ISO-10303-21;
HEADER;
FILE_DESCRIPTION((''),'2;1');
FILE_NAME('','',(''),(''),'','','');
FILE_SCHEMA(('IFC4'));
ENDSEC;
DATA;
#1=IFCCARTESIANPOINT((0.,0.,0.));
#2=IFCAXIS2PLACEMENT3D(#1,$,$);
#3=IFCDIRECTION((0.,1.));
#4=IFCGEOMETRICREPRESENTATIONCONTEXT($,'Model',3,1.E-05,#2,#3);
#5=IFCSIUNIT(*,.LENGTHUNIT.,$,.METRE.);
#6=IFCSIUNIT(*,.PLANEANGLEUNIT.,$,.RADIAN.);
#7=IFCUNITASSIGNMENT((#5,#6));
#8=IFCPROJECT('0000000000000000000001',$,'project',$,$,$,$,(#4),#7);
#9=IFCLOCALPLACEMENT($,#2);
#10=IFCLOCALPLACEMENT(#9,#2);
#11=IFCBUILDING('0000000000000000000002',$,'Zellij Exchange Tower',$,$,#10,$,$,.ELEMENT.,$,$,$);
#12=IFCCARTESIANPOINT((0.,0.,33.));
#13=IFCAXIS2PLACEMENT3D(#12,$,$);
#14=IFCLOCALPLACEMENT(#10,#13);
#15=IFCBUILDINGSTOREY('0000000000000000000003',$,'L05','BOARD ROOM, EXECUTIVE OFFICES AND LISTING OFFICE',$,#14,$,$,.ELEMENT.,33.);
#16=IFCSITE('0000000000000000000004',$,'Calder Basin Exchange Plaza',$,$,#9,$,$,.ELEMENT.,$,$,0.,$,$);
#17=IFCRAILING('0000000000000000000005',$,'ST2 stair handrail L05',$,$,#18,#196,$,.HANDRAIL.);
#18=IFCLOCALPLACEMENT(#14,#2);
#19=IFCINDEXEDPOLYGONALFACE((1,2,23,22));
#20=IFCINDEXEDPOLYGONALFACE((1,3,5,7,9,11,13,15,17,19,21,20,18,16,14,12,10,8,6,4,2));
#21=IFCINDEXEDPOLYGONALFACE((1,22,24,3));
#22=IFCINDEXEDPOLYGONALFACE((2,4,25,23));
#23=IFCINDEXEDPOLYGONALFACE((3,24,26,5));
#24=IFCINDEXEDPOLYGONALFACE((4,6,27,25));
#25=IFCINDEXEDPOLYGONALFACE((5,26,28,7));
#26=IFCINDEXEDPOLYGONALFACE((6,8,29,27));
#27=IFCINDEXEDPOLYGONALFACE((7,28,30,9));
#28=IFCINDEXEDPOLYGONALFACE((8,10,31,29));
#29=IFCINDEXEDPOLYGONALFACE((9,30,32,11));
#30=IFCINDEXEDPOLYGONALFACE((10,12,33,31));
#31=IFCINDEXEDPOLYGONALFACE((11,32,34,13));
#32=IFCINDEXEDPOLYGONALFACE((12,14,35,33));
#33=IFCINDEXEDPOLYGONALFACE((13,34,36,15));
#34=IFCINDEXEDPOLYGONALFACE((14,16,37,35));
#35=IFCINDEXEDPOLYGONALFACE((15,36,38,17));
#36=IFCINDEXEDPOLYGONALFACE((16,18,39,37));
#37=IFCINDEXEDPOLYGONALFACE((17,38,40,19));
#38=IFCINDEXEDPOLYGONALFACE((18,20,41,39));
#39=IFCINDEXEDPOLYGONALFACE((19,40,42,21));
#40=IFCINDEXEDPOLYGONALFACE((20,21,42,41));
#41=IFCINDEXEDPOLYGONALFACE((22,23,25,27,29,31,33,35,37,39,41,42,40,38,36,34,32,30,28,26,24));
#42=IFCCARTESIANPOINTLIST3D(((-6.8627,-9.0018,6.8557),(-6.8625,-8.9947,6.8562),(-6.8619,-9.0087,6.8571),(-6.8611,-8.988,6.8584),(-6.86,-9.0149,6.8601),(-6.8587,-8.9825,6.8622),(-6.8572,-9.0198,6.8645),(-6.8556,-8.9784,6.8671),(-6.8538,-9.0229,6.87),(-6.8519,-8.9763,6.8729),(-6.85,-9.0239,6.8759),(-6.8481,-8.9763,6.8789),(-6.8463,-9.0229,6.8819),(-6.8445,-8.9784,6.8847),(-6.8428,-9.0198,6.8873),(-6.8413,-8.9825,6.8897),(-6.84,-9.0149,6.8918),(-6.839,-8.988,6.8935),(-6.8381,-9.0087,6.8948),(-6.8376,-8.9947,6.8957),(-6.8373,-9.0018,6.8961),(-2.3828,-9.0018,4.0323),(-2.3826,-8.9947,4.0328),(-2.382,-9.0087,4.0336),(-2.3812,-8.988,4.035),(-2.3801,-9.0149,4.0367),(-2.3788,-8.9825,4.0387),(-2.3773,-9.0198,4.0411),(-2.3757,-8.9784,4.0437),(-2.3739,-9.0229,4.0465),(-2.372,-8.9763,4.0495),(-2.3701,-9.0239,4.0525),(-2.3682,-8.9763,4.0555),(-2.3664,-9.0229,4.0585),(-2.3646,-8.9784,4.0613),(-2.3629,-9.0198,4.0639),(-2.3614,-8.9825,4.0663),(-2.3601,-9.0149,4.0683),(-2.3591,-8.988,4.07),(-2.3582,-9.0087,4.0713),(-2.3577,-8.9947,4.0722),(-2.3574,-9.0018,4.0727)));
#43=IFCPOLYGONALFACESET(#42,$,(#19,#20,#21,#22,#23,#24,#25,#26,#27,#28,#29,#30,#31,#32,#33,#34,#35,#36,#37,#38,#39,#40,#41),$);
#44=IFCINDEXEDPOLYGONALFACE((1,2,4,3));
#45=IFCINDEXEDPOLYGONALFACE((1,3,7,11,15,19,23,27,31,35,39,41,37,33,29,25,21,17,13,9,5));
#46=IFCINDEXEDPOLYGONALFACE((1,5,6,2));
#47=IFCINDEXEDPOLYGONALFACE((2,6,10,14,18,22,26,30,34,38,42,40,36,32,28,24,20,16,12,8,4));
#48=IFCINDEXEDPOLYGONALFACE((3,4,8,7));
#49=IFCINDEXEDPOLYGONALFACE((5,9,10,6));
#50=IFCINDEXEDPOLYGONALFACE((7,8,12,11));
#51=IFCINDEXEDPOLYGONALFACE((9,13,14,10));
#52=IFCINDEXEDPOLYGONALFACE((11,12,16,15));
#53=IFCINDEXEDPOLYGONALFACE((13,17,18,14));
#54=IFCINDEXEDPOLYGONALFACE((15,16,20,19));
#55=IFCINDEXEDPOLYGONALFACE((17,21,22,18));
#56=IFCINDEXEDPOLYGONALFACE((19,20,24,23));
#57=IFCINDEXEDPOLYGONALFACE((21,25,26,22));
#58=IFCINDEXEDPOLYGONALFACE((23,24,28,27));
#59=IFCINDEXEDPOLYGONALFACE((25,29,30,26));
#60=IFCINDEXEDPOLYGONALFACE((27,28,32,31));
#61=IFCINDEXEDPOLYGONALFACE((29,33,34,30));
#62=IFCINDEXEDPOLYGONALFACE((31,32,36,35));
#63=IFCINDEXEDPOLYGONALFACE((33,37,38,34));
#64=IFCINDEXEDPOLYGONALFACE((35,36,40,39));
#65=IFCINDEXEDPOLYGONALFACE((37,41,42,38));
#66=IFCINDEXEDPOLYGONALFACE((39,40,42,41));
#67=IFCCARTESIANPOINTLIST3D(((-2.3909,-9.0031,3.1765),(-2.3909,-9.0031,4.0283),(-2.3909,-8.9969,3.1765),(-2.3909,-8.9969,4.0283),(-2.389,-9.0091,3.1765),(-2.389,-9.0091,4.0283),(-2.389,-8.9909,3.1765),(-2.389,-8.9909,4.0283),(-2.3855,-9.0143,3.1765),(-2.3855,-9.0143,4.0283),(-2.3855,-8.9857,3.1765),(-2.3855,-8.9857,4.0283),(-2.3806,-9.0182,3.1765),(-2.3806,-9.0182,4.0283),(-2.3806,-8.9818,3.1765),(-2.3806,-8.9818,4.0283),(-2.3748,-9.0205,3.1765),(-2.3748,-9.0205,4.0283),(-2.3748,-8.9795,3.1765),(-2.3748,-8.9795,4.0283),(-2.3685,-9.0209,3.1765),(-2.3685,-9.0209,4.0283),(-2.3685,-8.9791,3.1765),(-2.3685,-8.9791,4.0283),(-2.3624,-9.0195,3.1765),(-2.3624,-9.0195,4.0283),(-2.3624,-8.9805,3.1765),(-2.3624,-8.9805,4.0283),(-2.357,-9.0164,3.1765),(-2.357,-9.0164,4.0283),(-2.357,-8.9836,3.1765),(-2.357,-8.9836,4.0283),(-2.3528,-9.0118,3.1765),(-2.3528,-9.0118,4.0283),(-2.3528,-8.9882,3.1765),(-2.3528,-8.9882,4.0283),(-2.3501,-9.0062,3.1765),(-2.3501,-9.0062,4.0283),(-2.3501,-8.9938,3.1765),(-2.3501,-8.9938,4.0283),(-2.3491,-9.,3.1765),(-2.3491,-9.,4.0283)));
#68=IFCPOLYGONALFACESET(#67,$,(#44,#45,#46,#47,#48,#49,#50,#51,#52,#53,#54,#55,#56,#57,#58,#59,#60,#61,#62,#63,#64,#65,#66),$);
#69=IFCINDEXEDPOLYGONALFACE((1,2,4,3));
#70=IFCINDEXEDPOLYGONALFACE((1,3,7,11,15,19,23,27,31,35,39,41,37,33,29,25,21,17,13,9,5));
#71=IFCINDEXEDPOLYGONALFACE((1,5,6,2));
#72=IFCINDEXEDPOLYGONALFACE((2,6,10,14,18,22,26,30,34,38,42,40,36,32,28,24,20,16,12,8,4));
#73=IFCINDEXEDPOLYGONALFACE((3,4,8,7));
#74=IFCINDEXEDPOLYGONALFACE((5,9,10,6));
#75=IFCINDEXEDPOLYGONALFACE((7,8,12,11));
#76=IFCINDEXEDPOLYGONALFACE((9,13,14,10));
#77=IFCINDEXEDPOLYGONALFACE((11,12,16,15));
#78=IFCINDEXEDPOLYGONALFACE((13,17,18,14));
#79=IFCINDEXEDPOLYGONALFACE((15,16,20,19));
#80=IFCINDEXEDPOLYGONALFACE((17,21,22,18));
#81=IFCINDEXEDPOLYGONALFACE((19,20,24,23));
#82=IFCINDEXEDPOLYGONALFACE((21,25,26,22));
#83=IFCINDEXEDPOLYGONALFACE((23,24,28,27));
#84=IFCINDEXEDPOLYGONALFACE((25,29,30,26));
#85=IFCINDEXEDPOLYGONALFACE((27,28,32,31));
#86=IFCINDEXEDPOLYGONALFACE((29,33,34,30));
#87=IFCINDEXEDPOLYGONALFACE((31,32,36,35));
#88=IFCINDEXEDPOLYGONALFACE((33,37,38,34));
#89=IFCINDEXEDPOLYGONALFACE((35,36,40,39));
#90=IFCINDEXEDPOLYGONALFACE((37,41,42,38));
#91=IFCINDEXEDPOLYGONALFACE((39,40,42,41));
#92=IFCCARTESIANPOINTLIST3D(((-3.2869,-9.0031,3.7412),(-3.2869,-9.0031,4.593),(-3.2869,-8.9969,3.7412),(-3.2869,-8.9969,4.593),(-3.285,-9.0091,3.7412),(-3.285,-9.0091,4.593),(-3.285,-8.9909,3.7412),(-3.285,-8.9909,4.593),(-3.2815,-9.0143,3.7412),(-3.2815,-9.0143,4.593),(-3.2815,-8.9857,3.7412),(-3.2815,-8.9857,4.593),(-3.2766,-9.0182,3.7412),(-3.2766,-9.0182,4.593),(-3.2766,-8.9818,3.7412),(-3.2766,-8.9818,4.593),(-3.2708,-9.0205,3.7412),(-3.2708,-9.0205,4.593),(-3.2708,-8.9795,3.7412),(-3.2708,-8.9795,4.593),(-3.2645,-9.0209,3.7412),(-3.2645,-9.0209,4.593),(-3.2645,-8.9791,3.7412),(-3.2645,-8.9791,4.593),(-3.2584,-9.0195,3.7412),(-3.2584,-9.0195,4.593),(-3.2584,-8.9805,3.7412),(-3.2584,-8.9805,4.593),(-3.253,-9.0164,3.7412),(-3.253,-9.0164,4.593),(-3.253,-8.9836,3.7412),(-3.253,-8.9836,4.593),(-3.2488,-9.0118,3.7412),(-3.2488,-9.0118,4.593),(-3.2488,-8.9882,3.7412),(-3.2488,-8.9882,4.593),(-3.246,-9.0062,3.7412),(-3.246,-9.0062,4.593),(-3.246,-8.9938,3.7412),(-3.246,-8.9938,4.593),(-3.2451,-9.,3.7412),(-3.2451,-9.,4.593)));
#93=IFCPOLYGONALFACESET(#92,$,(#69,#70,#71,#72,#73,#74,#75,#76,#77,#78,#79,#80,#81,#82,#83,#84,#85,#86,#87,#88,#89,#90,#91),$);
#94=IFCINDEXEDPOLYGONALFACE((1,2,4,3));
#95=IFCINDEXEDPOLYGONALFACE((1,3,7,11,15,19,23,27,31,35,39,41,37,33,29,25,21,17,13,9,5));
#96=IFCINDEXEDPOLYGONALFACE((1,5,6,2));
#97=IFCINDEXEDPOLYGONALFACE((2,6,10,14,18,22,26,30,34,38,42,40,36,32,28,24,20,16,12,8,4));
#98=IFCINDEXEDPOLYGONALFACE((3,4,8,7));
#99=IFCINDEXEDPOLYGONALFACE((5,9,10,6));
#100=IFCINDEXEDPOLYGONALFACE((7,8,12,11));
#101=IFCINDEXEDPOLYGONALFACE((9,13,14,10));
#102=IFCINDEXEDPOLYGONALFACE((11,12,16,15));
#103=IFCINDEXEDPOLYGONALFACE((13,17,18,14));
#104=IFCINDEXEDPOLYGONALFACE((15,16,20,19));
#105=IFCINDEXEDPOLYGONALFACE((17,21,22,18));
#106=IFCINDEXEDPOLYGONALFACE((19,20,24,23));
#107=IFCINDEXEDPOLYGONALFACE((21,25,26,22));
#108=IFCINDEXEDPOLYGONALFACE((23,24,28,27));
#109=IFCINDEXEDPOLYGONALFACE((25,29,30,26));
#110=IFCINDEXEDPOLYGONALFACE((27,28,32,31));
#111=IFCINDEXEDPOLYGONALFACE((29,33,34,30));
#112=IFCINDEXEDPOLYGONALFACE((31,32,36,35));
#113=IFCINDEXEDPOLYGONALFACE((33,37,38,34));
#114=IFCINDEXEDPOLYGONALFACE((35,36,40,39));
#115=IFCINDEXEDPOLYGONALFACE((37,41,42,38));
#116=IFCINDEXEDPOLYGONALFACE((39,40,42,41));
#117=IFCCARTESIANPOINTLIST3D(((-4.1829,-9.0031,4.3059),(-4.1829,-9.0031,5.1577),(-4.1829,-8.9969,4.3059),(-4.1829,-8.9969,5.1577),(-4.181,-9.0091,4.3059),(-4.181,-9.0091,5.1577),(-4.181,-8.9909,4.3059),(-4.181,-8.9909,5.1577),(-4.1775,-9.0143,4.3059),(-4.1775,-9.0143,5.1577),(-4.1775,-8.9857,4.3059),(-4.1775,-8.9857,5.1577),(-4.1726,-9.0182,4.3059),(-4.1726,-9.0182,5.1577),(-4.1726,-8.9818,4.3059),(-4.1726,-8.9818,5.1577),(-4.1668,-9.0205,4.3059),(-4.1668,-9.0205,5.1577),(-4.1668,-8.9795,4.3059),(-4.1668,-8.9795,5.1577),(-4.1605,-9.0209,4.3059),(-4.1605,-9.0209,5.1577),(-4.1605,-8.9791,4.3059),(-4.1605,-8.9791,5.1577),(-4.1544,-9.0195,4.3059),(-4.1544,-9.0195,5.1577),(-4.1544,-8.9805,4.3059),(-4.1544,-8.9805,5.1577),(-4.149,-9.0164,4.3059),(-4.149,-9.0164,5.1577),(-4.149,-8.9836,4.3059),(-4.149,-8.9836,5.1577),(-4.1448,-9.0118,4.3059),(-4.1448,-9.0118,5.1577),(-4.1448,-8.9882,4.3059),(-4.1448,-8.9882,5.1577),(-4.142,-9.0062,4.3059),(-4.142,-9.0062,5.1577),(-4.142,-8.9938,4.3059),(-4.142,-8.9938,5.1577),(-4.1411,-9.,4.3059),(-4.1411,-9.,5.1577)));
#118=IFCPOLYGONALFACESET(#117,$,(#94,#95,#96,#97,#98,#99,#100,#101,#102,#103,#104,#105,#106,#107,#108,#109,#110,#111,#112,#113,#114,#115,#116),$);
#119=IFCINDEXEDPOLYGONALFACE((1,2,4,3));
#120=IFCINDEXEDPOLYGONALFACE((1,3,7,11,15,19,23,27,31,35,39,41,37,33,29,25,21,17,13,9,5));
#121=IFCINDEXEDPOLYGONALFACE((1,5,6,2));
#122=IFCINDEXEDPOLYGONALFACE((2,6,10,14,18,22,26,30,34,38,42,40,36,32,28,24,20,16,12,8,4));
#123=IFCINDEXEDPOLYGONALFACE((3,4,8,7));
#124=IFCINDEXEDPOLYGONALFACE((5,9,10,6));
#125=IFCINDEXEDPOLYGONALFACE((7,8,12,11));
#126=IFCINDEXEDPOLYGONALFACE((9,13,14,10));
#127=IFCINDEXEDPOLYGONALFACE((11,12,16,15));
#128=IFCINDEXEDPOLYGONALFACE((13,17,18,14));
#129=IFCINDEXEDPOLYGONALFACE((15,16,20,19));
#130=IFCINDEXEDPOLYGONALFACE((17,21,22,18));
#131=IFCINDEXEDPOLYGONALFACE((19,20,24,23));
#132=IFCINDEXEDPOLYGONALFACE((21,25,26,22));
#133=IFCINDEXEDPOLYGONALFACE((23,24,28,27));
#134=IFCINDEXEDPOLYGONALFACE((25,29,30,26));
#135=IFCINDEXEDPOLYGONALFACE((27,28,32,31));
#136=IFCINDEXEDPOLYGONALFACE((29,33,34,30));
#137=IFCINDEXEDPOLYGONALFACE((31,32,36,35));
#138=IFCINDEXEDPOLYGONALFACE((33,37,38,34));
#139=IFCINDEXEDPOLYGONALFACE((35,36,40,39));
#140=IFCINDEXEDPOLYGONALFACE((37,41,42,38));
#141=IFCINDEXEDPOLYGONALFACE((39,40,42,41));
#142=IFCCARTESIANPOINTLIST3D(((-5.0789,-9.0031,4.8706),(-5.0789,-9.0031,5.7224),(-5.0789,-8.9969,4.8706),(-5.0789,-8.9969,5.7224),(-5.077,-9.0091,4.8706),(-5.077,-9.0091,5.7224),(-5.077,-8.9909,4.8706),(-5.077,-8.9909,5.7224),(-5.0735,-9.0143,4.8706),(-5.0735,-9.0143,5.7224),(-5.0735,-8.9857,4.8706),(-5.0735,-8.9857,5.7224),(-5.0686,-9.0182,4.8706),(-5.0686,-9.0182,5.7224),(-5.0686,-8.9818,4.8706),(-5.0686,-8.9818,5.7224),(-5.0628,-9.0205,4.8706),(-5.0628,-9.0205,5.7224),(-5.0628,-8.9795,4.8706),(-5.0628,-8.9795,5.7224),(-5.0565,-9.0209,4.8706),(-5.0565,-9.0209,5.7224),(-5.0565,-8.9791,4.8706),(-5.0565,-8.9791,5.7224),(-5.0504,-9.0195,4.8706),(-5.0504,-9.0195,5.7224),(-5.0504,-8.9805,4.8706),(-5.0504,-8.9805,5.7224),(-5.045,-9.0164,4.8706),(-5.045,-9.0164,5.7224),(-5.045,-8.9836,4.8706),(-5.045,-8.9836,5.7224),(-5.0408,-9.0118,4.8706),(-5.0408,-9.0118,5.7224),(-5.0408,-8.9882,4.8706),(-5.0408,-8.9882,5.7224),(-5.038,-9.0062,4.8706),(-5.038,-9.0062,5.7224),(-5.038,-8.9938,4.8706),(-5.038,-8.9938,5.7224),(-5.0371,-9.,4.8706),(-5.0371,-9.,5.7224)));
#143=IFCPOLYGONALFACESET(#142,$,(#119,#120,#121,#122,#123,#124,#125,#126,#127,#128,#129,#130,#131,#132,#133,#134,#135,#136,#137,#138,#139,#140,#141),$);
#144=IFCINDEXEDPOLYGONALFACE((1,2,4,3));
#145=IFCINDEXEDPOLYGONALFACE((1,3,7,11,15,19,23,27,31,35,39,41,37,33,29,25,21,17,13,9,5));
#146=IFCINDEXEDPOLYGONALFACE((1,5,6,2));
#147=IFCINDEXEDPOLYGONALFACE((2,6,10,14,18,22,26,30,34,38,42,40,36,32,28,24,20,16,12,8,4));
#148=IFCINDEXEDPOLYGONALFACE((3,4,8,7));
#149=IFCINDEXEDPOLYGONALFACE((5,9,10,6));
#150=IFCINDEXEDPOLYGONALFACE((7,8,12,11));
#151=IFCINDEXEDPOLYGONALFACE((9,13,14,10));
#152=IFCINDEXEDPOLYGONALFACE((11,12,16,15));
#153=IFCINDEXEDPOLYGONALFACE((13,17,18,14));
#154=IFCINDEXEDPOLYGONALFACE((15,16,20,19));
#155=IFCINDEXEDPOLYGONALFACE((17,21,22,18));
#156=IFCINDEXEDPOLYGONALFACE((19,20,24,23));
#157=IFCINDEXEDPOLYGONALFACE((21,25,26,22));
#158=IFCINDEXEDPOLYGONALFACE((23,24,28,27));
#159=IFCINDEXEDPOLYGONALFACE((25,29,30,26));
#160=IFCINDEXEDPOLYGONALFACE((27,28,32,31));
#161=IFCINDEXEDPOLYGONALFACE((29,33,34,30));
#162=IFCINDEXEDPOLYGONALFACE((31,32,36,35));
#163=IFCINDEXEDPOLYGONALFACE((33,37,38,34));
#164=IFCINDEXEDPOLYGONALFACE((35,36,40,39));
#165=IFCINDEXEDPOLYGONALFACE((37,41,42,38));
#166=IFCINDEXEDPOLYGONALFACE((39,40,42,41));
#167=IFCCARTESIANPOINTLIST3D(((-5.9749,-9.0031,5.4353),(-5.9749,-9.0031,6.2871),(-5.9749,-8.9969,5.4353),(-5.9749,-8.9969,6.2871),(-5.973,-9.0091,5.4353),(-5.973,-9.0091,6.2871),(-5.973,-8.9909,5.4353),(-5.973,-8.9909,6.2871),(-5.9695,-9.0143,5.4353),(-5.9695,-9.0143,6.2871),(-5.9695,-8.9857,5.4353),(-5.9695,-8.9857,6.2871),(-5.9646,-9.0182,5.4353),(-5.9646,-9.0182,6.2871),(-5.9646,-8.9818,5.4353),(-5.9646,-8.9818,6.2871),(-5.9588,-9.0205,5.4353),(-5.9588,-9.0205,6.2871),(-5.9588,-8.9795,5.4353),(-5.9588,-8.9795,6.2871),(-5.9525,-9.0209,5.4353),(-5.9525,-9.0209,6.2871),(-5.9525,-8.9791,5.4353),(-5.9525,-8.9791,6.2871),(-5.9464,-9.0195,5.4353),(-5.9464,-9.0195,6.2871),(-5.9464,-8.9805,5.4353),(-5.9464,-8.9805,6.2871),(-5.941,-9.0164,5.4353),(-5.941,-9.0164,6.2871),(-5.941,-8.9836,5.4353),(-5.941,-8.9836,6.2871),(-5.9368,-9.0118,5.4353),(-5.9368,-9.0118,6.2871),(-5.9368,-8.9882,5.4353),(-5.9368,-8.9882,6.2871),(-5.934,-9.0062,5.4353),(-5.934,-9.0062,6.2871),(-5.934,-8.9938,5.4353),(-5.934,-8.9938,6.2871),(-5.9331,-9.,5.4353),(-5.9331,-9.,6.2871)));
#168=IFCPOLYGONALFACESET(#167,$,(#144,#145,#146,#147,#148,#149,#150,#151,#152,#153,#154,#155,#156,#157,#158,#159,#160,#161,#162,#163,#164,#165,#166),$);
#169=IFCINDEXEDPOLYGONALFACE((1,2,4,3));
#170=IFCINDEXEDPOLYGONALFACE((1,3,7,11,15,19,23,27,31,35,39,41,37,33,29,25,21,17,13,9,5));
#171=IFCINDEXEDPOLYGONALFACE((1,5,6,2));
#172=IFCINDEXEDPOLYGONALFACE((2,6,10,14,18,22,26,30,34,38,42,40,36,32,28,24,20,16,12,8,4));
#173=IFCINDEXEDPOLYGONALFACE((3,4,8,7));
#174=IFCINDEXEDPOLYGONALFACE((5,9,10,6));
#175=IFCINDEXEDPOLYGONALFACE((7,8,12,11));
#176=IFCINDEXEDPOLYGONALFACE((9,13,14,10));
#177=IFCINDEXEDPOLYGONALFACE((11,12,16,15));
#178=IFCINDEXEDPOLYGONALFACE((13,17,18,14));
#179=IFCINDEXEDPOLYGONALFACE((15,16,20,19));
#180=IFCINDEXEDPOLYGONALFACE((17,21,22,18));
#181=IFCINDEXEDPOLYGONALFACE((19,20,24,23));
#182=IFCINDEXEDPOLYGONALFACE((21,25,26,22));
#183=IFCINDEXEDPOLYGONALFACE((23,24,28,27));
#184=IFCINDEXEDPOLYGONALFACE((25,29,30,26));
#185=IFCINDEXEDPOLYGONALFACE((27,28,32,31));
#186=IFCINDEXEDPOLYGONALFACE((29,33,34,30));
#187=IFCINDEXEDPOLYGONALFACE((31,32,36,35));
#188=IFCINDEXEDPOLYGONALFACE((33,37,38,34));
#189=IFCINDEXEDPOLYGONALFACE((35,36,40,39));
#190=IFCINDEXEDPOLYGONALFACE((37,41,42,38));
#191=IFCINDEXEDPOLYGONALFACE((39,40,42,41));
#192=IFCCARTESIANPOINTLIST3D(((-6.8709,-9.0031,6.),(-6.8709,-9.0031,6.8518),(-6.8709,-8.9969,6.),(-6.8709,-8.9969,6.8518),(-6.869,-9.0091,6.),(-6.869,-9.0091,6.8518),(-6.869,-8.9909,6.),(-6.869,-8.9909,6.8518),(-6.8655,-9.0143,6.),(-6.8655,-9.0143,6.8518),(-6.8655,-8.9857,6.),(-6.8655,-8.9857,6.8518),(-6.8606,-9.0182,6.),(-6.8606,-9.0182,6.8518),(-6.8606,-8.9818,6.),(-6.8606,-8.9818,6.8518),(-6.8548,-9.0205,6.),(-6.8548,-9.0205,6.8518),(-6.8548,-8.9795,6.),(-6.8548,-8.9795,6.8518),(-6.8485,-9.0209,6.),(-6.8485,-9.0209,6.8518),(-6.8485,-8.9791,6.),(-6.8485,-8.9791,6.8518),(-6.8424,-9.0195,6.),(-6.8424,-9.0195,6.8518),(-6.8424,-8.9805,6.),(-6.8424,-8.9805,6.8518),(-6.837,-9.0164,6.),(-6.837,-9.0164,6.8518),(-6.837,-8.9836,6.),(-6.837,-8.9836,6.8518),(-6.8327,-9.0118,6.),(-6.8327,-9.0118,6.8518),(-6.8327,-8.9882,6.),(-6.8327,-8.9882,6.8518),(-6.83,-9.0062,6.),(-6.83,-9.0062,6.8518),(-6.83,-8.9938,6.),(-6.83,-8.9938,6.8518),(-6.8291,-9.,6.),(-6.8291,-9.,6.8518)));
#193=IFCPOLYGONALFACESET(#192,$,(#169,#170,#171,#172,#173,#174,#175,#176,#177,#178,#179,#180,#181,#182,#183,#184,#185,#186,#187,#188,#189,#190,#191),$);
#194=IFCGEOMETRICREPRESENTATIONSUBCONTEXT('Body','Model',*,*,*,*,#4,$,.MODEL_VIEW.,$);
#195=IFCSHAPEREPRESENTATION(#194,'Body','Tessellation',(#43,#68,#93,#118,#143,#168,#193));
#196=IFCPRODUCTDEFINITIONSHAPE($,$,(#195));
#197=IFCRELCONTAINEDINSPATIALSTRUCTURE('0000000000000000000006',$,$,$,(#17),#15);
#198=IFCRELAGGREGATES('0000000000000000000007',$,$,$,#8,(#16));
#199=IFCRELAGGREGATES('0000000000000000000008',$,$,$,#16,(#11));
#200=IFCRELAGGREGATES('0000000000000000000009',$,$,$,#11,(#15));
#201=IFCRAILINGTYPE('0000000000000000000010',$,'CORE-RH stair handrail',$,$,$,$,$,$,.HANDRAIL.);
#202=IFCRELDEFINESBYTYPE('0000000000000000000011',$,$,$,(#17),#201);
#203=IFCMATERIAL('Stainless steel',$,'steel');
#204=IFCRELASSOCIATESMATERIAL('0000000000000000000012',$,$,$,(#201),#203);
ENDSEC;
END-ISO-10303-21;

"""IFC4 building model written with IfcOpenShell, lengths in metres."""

from ifc_helpers import new_model, si_unit, direction, frame, origin, origin_2d, place, context, subcontext, project, spatial, circle, extrude, material, type_object, element, save


model = new_model("IFC4")

# Units and contexts
model_context = context("Model", 3, precision=1e-05, world=origin(), true_north=direction((0.0, 1.0)))
body_context = subcontext(model_context, "Body", "Model", "MODEL_VIEW")
ifc_project = project(units=[si_unit("LENGTHUNIT", "METRE"), si_unit("PLANEANGLEUNIT", "RADIAN")], contexts=[model_context])

# Site, building, storey
site_placement = place(None, origin())
site = spatial("IfcSite", under=ifc_project, at=site_placement, Name="Calder Basin Exchange Plaza", CompositionType="ELEMENT", RefElevation=0.0)
building_placement = place(site_placement, origin())
building = spatial("IfcBuilding", under=site, at=building_placement, Name="Zellij Exchange Tower", CompositionType="ELEMENT")
storey_placement = place(building_placement, frame((0.0, 0.0, 33.0)))
storey = spatial("IfcBuildingStorey", under=building, at=storey_placement, Name="L05", Description="BOARD ROOM, EXECUTIVE OFFICES AND LISTING OFFICE", CompositionType="ELEMENT", Elevation=33.0)

# Railing
ifc_material_1 = material(Name="Stainless steel", Category="steel")
railing_type_1 = type_object("IfcRailingType", Name="CORE-RH stair handrail", PredefinedType="HANDRAIL", material=ifc_material_1)
railing_1_placement = place(storey_placement, frame((-2.3701, -9.0, 3.1765)))
element("IfcRailing", 1, at=railing_1_placement, inside=storey, type_object=railing_type_1, Name="ST2 stair handrail L05", PredefinedType="HANDRAIL", context=body_context, shape_type="SweptSolid", body=[
    extrude(circle(Radius=0.0239, at=origin_2d()), frame((0.0, 0.0, 0.876), z_axis=(-0.845998, 0.0, 0.533186), x_axis=(0.0, -1.0, 0.0)), (0.0, 0.0, 1.0), 5.2954),
    extrude(circle(Radius=0.021, at=origin_2d()), origin(), (0.0, 0.0, 1.0), 0.8518),
    extrude(circle(Radius=0.021, at=origin_2d()), frame((-0.896, 0.0, 0.5647)), (0.0, 0.0, 1.0), 0.8518),
    extrude(circle(Radius=0.021, at=origin_2d()), frame((-1.792, 0.0, 1.1294)), (0.0, 0.0, 1.0), 0.8518),
    extrude(circle(Radius=0.021, at=origin_2d()), frame((-2.688, 0.0, 1.6941)), (0.0, 0.0, 1.0), 0.8518),
    extrude(circle(Radius=0.021, at=origin_2d()), frame((-3.584, 0.0, 2.2588)), (0.0, 0.0, 1.0), 0.8518),
    extrude(circle(Radius=0.021, at=origin_2d()), frame((-4.48, 0.0, 2.8235)), (0.0, 0.0, 1.0), 0.8518),
])

save(model, "model.ifc")
